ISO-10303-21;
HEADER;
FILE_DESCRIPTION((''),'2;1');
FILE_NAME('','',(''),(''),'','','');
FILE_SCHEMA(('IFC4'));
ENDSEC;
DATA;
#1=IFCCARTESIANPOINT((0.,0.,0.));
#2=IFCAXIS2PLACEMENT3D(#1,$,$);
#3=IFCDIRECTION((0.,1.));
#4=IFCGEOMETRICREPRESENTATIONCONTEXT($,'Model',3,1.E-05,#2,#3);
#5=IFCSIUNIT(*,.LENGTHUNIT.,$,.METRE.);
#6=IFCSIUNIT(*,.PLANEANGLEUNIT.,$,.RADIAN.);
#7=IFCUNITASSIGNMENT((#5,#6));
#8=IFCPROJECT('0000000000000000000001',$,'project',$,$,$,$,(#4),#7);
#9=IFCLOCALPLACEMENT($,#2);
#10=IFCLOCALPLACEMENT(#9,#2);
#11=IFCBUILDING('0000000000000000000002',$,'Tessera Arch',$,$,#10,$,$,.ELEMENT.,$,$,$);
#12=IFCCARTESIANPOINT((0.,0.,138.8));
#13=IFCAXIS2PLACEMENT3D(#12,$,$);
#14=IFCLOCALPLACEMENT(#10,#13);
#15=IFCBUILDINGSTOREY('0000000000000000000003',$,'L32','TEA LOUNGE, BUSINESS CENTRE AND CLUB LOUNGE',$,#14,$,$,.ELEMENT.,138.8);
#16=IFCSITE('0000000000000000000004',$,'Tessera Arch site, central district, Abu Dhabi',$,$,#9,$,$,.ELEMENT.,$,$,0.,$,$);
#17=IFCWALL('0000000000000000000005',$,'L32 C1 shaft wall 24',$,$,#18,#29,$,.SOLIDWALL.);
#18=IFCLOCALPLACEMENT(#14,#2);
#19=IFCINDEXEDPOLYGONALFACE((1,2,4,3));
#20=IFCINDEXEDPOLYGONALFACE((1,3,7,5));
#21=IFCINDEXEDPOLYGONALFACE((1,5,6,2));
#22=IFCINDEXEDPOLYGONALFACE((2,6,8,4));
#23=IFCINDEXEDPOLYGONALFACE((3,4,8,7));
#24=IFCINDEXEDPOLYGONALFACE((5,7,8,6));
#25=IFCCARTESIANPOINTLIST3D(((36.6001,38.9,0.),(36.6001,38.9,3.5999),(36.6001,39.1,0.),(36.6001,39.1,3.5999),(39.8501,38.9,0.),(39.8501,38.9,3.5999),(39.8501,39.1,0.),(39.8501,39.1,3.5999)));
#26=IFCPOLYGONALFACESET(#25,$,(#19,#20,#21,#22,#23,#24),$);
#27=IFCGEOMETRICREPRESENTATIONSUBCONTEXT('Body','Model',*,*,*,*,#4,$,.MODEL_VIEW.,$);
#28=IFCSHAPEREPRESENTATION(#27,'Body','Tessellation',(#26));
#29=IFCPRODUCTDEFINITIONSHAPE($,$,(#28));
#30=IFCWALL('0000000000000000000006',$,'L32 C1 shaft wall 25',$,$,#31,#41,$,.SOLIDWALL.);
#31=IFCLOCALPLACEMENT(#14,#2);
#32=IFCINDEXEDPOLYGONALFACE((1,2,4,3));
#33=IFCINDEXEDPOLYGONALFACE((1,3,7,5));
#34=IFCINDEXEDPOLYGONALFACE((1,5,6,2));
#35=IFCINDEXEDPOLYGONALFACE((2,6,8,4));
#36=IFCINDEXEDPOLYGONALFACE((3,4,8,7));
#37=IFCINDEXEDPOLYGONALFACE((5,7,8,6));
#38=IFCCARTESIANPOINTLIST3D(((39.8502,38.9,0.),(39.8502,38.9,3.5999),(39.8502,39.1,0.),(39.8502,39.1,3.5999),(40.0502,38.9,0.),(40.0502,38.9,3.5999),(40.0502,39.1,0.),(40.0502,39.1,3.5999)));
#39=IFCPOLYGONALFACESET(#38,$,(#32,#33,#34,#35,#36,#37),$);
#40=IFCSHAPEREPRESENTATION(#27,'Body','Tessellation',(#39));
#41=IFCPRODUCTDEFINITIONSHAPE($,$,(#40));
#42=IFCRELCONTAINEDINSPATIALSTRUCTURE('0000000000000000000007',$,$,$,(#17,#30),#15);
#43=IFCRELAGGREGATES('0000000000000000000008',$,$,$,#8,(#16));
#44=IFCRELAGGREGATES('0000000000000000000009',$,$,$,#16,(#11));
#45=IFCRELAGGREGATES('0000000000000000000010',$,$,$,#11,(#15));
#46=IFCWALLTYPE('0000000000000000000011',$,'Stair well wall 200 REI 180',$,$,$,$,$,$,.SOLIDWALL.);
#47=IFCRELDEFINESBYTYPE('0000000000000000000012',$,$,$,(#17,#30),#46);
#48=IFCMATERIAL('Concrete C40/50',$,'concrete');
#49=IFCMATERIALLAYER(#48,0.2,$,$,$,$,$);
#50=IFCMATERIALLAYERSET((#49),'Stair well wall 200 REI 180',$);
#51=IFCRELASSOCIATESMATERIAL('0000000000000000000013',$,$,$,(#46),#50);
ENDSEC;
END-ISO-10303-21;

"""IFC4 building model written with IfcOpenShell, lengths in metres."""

from ifc_helpers import new_model, si_unit, direction, frame, frame_2d, origin, place, context, subcontext, project, spatial, rectangle, extrude, material, layer, layer_set, type_object, element, save


model = new_model("IFC4")

# Units and contexts
model_context = context("Model", 3, precision=1e-05, world=origin(), true_north=direction((0.0, 1.0)))
body_context = subcontext(model_context, "Body", "Model", "MODEL_VIEW")
ifc_project = project(units=[si_unit("LENGTHUNIT", "METRE"), si_unit("PLANEANGLEUNIT", "RADIAN")], contexts=[model_context])

# Site, building, storey
site_placement = place(None, origin())
site = spatial("IfcSite", under=ifc_project, at=site_placement, Name="Tessera Arch site, central district, Abu Dhabi", CompositionType="ELEMENT", RefElevation=0.0)
building_placement = place(site_placement, origin())
building = spatial("IfcBuilding", under=site, at=building_placement, Name="Tessera Arch", CompositionType="ELEMENT")
storey_placement = place(building_placement, frame((0.0, 0.0, 138.8)))
storey = spatial("IfcBuildingStorey", under=building, at=storey_placement, Name="L32", Description="TEA LOUNGE, BUSINESS CENTRE AND CLUB LOUNGE", CompositionType="ELEMENT", Elevation=138.8)

# Walls
ifc_material_1 = material(Name="Concrete C40/50", Category="concrete")
ifc_layer_1 = layer(ifc_material_1, 0.2)
ifc_layer_set_1 = layer_set([ifc_layer_1], Name="Stair well wall 200 REI 180")
wall_type_1 = type_object("IfcWallType", Name="Stair well wall 200 REI 180", PredefinedType="SOLIDWALL", material=ifc_layer_set_1)
wall_1_placement = place(storey_placement, frame((36.6001, 39.0, 0.0), z_axis=(0.0, 0.0, 1.0), x_axis=(1.0, 0.0, 0.0)))
element("IfcWall", 1, at=wall_1_placement, inside=storey, type_object=wall_type_1, Name="L32 C1 shaft wall 24", PredefinedType="SOLIDWALL", context=body_context, shape_type="SweptSolid", body=[
    extrude(rectangle(XDim=3.25, YDim=0.2, at=frame_2d((1.625, 0.0))), origin(), (0.0, 0.0, 1.0), 3.5999),
])
wall_2_placement = place(storey_placement, frame((39.8501, 39.0, 0.0), z_axis=(0.0, 0.0, 1.0), x_axis=(1.0, 0.0, 0.0)))
element("IfcWall", 2, at=wall_2_placement, inside=storey, type_object=wall_type_1, Name="L32 C1 shaft wall 25", PredefinedType="SOLIDWALL", context=body_context, shape_type="SweptSolid", body=[
    extrude(rectangle(XDim=0.2, YDim=0.2, at=frame_2d((0.1001, 0.0))), origin(), (0.0, 0.0, 1.0), 3.5999),
])

save(model, "model.ifc")
